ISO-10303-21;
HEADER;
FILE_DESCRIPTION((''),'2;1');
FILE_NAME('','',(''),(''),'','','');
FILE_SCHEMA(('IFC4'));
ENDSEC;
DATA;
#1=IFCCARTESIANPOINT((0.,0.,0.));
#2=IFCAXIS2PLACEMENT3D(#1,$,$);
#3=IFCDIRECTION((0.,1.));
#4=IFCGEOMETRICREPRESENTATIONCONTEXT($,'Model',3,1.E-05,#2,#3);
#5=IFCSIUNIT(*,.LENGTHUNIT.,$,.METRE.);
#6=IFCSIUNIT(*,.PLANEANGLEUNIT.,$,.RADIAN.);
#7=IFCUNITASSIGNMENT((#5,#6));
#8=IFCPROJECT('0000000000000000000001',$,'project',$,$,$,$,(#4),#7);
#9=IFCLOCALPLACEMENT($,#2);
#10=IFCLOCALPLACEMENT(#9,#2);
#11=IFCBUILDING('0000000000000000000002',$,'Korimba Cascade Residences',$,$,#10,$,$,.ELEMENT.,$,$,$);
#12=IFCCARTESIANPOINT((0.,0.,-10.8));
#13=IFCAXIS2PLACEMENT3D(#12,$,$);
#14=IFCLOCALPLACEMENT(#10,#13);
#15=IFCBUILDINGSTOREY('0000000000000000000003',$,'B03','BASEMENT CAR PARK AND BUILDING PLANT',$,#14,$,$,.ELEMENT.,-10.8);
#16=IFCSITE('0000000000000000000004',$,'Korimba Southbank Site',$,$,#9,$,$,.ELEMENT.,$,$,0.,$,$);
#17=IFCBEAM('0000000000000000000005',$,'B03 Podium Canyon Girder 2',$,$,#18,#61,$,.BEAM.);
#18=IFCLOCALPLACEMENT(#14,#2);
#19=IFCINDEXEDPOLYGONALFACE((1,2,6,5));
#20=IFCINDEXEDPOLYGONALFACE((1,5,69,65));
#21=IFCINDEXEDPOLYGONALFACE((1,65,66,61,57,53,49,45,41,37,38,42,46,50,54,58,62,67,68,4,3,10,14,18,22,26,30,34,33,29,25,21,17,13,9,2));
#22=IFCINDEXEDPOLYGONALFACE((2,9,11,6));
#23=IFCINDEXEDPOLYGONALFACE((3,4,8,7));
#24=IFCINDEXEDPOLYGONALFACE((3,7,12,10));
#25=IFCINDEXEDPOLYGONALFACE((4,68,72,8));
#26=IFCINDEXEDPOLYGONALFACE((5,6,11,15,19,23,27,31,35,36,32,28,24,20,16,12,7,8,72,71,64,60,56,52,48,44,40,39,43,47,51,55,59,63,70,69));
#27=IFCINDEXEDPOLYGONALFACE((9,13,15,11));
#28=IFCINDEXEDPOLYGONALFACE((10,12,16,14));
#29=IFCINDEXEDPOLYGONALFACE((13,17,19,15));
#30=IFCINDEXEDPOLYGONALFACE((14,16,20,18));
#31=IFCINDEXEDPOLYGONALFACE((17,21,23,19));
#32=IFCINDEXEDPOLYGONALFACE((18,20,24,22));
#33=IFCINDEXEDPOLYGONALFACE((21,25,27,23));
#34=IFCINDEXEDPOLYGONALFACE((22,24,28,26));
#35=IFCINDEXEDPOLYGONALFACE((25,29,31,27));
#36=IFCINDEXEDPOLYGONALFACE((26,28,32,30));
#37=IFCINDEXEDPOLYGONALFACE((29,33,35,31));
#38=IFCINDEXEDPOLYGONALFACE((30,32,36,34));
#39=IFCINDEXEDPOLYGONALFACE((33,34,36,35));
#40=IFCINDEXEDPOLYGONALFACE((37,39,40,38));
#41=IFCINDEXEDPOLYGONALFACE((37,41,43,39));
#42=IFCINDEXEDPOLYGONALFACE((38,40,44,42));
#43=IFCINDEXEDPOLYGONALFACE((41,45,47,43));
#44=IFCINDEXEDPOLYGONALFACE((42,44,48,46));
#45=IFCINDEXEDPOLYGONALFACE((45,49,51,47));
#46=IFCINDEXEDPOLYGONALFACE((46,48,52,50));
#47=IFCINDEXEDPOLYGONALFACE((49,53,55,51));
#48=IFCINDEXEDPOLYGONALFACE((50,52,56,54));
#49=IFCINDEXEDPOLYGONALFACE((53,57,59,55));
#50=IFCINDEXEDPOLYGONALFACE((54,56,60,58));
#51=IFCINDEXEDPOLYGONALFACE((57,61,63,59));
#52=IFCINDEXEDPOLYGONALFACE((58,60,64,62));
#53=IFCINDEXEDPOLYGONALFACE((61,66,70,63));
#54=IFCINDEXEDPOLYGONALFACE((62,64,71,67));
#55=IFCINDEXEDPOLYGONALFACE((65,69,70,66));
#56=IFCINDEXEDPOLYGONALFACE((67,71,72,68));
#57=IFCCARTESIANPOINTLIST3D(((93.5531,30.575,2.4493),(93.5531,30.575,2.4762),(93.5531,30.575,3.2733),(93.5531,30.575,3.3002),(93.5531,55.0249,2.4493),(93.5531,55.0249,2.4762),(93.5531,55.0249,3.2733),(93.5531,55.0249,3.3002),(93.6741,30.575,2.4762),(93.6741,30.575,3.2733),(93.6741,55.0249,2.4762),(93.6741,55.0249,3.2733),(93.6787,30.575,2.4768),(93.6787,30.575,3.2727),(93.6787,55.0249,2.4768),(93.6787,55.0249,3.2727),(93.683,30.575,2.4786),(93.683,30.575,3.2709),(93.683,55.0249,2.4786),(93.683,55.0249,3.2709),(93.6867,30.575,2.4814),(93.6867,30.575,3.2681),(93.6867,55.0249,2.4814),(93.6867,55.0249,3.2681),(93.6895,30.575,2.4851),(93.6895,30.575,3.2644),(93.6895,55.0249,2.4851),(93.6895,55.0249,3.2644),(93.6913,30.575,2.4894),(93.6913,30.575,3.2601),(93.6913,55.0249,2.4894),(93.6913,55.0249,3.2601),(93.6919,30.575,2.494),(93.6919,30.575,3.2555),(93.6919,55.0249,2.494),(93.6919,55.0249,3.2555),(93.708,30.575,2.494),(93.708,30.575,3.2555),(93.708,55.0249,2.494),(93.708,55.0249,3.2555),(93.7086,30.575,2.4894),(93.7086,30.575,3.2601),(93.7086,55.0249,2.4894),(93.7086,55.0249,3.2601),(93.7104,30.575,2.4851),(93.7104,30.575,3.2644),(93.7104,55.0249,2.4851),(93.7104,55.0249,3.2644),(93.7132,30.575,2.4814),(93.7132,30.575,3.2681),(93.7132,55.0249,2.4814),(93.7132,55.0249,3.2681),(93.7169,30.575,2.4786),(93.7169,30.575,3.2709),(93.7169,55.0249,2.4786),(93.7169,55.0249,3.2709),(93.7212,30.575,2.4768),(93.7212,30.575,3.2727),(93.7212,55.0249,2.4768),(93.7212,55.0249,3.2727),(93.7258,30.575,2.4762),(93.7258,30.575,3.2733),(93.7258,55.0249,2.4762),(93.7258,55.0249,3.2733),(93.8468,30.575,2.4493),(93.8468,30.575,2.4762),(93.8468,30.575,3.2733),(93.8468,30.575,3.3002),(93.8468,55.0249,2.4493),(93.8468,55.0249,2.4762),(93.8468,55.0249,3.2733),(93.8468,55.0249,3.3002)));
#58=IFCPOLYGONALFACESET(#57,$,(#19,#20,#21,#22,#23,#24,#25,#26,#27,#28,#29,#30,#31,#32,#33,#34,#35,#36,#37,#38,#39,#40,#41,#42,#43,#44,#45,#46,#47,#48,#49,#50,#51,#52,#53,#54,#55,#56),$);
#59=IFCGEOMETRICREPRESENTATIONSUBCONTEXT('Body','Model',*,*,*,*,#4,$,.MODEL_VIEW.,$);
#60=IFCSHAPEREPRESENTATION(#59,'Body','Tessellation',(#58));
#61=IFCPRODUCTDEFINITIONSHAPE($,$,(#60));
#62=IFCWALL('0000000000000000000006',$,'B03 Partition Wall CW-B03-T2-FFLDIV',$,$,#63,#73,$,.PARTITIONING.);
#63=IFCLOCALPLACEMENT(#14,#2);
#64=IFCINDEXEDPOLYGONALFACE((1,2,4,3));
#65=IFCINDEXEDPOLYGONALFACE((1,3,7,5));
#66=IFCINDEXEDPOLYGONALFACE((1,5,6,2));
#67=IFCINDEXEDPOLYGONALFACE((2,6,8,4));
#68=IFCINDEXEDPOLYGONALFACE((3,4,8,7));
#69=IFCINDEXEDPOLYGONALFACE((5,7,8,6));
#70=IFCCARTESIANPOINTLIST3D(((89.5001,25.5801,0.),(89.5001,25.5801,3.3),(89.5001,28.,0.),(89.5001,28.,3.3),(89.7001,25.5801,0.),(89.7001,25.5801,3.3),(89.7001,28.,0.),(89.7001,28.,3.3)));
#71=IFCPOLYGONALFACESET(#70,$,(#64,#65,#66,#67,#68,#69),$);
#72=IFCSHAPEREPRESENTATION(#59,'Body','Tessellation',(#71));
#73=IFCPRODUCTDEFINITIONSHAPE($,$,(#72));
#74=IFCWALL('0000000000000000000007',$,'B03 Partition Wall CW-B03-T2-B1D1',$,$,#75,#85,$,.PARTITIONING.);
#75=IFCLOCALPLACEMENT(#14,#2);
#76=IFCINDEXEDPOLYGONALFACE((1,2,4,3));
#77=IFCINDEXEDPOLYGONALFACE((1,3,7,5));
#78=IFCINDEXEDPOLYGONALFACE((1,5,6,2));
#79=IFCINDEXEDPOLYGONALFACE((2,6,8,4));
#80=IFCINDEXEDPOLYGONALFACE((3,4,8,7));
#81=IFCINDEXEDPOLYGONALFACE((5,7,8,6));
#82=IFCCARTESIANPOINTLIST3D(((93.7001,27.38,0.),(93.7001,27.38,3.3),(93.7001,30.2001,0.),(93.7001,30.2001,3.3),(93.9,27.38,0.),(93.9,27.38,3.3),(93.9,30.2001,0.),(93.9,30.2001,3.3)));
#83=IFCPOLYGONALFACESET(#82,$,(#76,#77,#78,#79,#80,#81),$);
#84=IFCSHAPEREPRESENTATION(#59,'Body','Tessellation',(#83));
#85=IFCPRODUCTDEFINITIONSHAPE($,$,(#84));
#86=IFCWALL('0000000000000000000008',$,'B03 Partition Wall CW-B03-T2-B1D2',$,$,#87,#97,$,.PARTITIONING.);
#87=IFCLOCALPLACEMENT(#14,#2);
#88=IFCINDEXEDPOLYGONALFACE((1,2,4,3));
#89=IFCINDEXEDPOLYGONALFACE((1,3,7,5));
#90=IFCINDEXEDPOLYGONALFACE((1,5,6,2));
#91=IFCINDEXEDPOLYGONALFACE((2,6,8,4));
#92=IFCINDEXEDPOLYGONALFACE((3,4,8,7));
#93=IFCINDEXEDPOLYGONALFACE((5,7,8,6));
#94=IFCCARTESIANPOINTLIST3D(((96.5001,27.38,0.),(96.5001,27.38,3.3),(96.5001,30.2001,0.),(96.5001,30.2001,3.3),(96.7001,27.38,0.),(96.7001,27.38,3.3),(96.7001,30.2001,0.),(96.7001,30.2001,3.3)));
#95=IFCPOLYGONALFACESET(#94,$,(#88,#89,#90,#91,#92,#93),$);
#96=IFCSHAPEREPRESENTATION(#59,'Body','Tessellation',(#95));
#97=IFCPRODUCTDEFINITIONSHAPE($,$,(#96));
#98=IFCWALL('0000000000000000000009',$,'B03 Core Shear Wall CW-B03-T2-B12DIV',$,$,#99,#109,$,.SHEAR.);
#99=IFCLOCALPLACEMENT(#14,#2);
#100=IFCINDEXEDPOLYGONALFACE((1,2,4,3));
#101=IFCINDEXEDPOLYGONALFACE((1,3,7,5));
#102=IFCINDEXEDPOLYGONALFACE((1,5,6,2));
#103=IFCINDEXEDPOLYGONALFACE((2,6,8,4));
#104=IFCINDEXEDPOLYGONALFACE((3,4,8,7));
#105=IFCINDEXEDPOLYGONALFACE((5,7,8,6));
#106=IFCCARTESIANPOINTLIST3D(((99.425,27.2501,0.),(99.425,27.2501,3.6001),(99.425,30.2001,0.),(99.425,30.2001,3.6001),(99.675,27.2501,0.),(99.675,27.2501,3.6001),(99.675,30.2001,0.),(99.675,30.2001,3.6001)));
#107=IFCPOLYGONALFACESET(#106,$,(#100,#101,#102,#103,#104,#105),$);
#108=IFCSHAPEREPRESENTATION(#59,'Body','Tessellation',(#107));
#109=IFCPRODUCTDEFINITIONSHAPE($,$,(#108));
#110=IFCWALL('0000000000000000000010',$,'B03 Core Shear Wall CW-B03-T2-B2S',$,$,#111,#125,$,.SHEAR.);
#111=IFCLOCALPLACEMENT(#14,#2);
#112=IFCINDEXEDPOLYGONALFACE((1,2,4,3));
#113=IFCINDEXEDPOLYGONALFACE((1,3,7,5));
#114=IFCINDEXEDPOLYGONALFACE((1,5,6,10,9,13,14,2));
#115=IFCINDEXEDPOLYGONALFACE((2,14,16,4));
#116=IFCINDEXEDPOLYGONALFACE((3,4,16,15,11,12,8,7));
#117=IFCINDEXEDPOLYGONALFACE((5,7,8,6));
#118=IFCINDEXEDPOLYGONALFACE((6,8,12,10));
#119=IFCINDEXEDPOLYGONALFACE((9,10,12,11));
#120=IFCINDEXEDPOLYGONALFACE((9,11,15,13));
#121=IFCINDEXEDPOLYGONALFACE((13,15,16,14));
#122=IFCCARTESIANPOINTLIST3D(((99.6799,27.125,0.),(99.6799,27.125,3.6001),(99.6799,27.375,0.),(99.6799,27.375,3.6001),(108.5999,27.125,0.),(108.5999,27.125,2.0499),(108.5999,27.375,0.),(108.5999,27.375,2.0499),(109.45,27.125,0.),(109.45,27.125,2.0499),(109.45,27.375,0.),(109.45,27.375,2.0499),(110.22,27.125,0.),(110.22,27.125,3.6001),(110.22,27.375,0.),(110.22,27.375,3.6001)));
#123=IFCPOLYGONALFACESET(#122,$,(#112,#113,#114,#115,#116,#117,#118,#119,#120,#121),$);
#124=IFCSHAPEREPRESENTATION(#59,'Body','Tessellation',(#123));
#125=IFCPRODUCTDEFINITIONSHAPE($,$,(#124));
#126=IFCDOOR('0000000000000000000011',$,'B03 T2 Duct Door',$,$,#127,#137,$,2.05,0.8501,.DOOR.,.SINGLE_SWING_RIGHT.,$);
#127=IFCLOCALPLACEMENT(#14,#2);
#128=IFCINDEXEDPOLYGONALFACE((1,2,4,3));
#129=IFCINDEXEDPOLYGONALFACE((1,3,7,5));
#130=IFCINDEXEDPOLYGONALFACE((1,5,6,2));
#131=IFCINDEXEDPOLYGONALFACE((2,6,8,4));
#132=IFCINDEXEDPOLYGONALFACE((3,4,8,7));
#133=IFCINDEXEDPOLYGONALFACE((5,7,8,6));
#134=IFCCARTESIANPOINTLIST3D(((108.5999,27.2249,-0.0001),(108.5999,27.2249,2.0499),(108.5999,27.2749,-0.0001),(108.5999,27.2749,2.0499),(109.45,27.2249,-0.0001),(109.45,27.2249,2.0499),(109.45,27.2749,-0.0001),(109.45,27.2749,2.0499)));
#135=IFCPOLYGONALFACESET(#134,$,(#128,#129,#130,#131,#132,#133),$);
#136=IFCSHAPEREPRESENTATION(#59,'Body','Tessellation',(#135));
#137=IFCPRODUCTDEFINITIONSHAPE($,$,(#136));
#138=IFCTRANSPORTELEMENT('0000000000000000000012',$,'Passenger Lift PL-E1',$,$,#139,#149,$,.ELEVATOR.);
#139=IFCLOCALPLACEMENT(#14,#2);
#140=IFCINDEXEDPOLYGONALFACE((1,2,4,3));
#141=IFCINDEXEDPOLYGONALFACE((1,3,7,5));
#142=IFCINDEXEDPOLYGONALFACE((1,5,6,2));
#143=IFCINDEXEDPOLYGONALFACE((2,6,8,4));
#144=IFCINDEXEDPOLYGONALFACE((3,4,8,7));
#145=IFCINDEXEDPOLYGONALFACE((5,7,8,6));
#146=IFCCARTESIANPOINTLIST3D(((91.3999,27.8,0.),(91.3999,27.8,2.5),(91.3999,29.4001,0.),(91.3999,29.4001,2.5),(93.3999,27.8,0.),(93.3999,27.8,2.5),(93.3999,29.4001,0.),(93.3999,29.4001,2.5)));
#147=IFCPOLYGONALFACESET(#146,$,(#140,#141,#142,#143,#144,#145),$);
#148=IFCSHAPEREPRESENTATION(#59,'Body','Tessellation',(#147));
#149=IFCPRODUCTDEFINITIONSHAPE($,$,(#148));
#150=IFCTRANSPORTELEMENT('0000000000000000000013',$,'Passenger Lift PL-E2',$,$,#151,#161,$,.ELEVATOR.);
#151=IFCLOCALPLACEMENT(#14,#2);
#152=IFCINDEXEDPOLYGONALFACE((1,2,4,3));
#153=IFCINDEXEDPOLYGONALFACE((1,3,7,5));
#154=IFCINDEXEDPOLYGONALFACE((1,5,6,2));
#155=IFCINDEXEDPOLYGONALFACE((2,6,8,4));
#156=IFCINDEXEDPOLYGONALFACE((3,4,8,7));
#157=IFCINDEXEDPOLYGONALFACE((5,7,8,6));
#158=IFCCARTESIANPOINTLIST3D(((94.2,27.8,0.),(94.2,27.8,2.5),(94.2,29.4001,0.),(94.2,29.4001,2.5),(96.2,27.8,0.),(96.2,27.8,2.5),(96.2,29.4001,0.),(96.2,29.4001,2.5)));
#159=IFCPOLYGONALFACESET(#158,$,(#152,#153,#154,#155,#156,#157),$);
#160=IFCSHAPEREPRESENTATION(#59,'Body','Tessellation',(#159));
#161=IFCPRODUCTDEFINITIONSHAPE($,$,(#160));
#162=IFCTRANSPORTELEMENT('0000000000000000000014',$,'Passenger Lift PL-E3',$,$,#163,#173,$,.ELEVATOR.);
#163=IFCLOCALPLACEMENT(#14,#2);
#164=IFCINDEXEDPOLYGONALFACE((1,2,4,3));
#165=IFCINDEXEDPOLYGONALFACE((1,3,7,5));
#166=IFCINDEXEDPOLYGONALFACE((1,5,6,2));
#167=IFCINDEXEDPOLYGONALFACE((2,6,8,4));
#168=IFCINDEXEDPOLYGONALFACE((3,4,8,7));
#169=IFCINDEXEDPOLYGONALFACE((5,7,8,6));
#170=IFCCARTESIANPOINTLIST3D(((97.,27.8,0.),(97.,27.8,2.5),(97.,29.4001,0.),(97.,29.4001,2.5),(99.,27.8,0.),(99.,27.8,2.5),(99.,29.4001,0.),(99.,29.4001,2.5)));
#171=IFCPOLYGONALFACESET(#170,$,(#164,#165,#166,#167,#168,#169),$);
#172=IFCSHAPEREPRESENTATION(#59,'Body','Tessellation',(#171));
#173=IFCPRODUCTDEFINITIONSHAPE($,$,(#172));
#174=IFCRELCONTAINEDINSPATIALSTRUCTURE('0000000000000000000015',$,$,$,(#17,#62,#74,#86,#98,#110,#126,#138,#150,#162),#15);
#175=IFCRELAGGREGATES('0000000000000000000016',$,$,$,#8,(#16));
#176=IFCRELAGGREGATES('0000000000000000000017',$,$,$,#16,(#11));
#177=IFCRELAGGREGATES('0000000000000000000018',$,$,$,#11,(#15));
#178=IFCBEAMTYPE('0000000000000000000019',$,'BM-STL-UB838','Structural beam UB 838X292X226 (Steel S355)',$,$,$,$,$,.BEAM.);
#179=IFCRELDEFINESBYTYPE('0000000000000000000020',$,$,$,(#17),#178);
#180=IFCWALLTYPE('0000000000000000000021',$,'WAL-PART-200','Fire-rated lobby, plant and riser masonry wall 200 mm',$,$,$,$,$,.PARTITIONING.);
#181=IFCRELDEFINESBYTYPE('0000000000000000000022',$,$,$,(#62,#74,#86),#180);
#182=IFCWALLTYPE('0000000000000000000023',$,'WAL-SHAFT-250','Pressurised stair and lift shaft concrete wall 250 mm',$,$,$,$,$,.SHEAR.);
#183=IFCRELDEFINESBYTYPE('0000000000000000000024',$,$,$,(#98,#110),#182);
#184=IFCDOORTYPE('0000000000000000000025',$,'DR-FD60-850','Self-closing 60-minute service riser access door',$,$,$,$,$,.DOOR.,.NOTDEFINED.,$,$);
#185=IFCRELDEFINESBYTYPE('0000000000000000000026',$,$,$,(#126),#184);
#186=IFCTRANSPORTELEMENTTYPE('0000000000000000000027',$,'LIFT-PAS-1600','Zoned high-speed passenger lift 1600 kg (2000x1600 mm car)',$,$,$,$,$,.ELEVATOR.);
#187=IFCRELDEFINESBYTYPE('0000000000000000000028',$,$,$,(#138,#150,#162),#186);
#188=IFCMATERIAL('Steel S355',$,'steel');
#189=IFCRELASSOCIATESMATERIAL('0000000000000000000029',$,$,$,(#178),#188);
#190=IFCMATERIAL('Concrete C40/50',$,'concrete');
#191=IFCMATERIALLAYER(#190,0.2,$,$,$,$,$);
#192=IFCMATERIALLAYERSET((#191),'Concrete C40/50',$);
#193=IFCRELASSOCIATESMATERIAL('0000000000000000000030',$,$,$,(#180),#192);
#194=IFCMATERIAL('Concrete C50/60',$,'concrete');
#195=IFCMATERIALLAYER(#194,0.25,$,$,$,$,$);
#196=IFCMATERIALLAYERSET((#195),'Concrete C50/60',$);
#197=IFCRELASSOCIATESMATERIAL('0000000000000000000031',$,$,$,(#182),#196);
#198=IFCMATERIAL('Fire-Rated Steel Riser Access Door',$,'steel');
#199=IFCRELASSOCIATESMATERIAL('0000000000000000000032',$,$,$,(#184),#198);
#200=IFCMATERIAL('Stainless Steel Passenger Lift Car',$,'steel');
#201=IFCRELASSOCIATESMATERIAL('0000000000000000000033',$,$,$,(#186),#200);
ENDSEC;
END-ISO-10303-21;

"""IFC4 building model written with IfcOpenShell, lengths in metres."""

from ifc_helpers import new_model, si_unit, direction, frame, frame_2d, origin, origin_2d, place, context, subcontext, project, spatial, rectangle, i_section, extrude, material, layer, layer_set, material_profile, profile_set, type_object, element, fill, save


model = new_model("IFC4")

# Units and contexts
model_context = context("Model", 3, precision=1e-05, world=origin(), true_north=direction((0.0, 1.0)))
body_context = subcontext(model_context, "Body", "Model", "MODEL_VIEW")
ifc_project = project(units=[si_unit("LENGTHUNIT", "METRE"), si_unit("PLANEANGLEUNIT", "RADIAN")], contexts=[model_context])

# Site, building, storey
site_placement = place(None, origin())
site = spatial("IfcSite", under=ifc_project, at=site_placement, Name="Korimba Southbank Site", CompositionType="ELEMENT", RefElevation=0.0)
building_placement = place(site_placement, origin())
building = spatial("IfcBuilding", under=site, at=building_placement, Name="Korimba Cascade Residences", CompositionType="ELEMENT")
storey_placement = place(building_placement, frame((0.0, 0.0, -10.8)))
storey = spatial("IfcBuildingStorey", under=building, at=storey_placement, Name="B03", Description="BASEMENT CAR PARK AND BUILDING PLANT", CompositionType="ELEMENT", Elevation=-10.8)

# Shared definitions
ifc_material_1 = material(Name="Concrete C50/60", Category="concrete")

# Beam
ifc_material_2 = material(Name="Steel S355", Category="steel")
ifc_material_profile_1 = material_profile(ifc_material_2, i_section(OverallWidth=0.2937, OverallDepth=0.8508, WebThickness=0.0161, FlangeThickness=0.0269, FilletRadius=0.0178, at=origin_2d()), Name="Steel S355")
ifc_profile_set_1 = profile_set([ifc_material_profile_1], Name="Steel S355")
beam_type = type_object("IfcBeamType", Name="BM-STL-UB838", Description="Structural beam UB 838X292X226 (Steel S355)", PredefinedType="BEAM", material=ifc_profile_set_1)
beam_placement = place(storey_placement, frame((93.7, 30.575, 2.8748), z_axis=(0.0, 1.0, 0.0), x_axis=(-1.0, 0.0, 0.0)))
element("IfcBeam", 1, at=beam_placement, inside=storey, type_object=beam_type, Name="B03 Podium Canyon Girder 2", PredefinedType="BEAM", context=body_context, shape_type="SweptSolid", body=[
    extrude(i_section(OverallWidth=0.2937, OverallDepth=0.8508, WebThickness=0.0161, FlangeThickness=0.0269, FilletRadius=0.0178, at=origin_2d()), origin(), (0.0, 0.0, 1.0), 24.45),
])

# Walls
ifc_material_3 = material(Name="Concrete C40/50", Category="concrete")
ifc_layer_1 = layer(ifc_material_3, 0.2)
ifc_layer_set_1 = layer_set([ifc_layer_1], Name="Concrete C40/50")
wall_type_1 = type_object("IfcWallType", Name="WAL-PART-200", Description="Fire-rated lobby, plant and riser masonry wall 200 mm", PredefinedType="PARTITIONING", material=ifc_layer_set_1)
wall_1_placement = place(storey_placement, frame((89.6001, 25.5801, 0.0), z_axis=(0.0, 0.0, 1.0), x_axis=(0.0, 1.0, 0.0)))
element("IfcWall", 2, at=wall_1_placement, inside=storey, type_object=wall_type_1, Name="B03 Partition Wall CW-B03-T2-FFLDIV", PredefinedType="PARTITIONING", context=body_context, shape_type="SweptSolid", body=[
    extrude(rectangle(XDim=2.4199, YDim=0.2, at=frame_2d((1.21, 0.0))), origin(), (0.0, 0.0, 1.0), 3.3),
])
for number, where, z_axis, x_axis, name in (
    (3, (93.8, 27.3799, 0.0), (0.0, 0.0, 1.0), (0.0, 1.0, 0.0), "B03 Partition Wall CW-B03-T2-B1D1"),
    (4, (96.6001, 27.3799, 0.0), (0.0, 0.0, 1.0), (0.0, 1.0, 0.0), "B03 Partition Wall CW-B03-T2-B1D2"),
):
    element("IfcWall", number, at=place(storey_placement, frame(where, z_axis=z_axis, x_axis=x_axis)), inside=storey, type_object=wall_type_1, Name=name, PredefinedType="PARTITIONING", context=body_context, shape_type="SweptSolid", body=[
        extrude(rectangle(XDim=2.8201, YDim=0.2, at=frame_2d((1.4102, 0.0))), origin(), (0.0, 0.0, 1.0), 3.3),
    ])

# Shared definitions
ifc_layer_2 = layer(ifc_material_1, 0.25)
ifc_layer_set_2 = layer_set([ifc_layer_2], Name="Concrete C50/60")
wall_type_2 = type_object("IfcWallType", Name="WAL-SHAFT-250", Description="Pressurised stair and lift shaft concrete wall 250 mm", PredefinedType="SHEAR", material=ifc_layer_set_2)

# Wall
wall_2_placement = place(storey_placement, frame((99.55, 27.25, 0.0), z_axis=(0.0, 0.0, 1.0), x_axis=(0.0, 1.0, 0.0)))
element("IfcWall", 5, at=wall_2_placement, inside=storey, type_object=wall_type_2, Name="B03 Core Shear Wall CW-B03-T2-B12DIV", PredefinedType="SHEAR", context=body_context, shape_type="SweptSolid", body=[
    extrude(rectangle(XDim=2.95, YDim=0.25, at=frame_2d((1.4751, 0.0))), origin(), (0.0, 0.0, 1.0), 3.6001),
])

# Wall, opening, door
wall_3_placement = place(storey_placement, frame((99.6799, 27.25, 0.0), z_axis=(0.0, 0.0, 1.0), x_axis=(1.0, 0.0, 0.0)))
wall_3 = element("IfcWall", 6, at=wall_3_placement, inside=storey, type_object=wall_type_2, Name="B03 Core Shear Wall CW-B03-T2-B2S", PredefinedType="SHEAR", context=body_context, shape_type="SweptSolid", body=[
    extrude(rectangle(XDim=10.54, YDim=0.25, at=frame_2d((5.27, 0.0))), origin(), (0.0, 0.0, 1.0), 3.6001),
])
opening_1_placement = place(wall_3_placement, frame((8.9199, 0.0, 0.0)))
opening_1 = element("IfcOpeningElement", 7, at=opening_1_placement, cuts=wall_3, PredefinedType="OPENING", context=body_context, shape_type="SweptSolid", body=[
    extrude(rectangle(XDim=0.8501, YDim=2.05, at=frame_2d((0.425, 1.0249))), frame((0.0, 0.135, 0.0), z_axis=(0.0, -1.0, 0.0), x_axis=(1.0, 0.0, 0.0)), (0.0, 0.0, 1.0), 0.27),
])
ifc_material_4 = material(Name="Fire-Rated Steel Riser Access Door", Category="steel")
door_type_1 = type_object("IfcDoorType", Name="DR-FD60-850", Description="Self-closing 60-minute service riser access door", OperationType="NOTDEFINED", PredefinedType="DOOR", material=ifc_material_4)
door_1_placement = place(opening_1_placement, origin())
door_1 = element("IfcDoor", 8, at=door_1_placement, inside=storey, type_object=door_type_1, Name="B03 T2 Duct Door", OperationType="SINGLE_SWING_RIGHT", OverallHeight=2.05, OverallWidth=0.8501, PredefinedType="DOOR", context=body_context, shape_type="SweptSolid", body=[
    extrude(rectangle(XDim=0.8501, YDim=2.05, at=frame_2d((0.425, 1.0249))), frame((0.0, 0.0249, 0.0), z_axis=(0.0, -1.0, 0.0), x_axis=(1.0, 0.0, 0.0)), (0.0, 0.0, 1.0), 0.05),
])
fill(opening_1, door_1)

# Transport elements
ifc_material_5 = material(Name="Stainless Steel Passenger Lift Car", Category="steel")
transport_element_type = type_object("IfcTransportElementType", Name="LIFT-PAS-1600", Description="Zoned high-speed passenger lift 1600 kg (2000x1600 mm car)", PredefinedType="ELEVATOR", material=ifc_material_5)
for number, where, z_axis, x_axis, name in (
    (9, (92.3999, 28.6001, 0.0), (0.0, 0.0, 1.0), (1.0, 0.0, 0.0), "Passenger Lift PL-E1"),
    (10, (95.2, 28.6001, 0.0), (0.0, 0.0, 1.0), (1.0, 0.0, 0.0), "Passenger Lift PL-E2"),
    (11, (98.0, 28.6001, 0.0), (0.0, 0.0, 1.0), (1.0, 0.0, 0.0), "Passenger Lift PL-E3"),
):
    element("IfcTransportElement", number, at=place(storey_placement, frame(where, z_axis=z_axis, x_axis=x_axis)), inside=storey, type_object=transport_element_type, Name=name, PredefinedType="ELEVATOR", context=body_context, shape_type="SweptSolid", body=[
        extrude(rectangle(XDim=2.0, YDim=1.6001, at=origin_2d()), origin(), (0.0, 0.0, 1.0), 2.5),
    ])

save(model, "model.ifc")
